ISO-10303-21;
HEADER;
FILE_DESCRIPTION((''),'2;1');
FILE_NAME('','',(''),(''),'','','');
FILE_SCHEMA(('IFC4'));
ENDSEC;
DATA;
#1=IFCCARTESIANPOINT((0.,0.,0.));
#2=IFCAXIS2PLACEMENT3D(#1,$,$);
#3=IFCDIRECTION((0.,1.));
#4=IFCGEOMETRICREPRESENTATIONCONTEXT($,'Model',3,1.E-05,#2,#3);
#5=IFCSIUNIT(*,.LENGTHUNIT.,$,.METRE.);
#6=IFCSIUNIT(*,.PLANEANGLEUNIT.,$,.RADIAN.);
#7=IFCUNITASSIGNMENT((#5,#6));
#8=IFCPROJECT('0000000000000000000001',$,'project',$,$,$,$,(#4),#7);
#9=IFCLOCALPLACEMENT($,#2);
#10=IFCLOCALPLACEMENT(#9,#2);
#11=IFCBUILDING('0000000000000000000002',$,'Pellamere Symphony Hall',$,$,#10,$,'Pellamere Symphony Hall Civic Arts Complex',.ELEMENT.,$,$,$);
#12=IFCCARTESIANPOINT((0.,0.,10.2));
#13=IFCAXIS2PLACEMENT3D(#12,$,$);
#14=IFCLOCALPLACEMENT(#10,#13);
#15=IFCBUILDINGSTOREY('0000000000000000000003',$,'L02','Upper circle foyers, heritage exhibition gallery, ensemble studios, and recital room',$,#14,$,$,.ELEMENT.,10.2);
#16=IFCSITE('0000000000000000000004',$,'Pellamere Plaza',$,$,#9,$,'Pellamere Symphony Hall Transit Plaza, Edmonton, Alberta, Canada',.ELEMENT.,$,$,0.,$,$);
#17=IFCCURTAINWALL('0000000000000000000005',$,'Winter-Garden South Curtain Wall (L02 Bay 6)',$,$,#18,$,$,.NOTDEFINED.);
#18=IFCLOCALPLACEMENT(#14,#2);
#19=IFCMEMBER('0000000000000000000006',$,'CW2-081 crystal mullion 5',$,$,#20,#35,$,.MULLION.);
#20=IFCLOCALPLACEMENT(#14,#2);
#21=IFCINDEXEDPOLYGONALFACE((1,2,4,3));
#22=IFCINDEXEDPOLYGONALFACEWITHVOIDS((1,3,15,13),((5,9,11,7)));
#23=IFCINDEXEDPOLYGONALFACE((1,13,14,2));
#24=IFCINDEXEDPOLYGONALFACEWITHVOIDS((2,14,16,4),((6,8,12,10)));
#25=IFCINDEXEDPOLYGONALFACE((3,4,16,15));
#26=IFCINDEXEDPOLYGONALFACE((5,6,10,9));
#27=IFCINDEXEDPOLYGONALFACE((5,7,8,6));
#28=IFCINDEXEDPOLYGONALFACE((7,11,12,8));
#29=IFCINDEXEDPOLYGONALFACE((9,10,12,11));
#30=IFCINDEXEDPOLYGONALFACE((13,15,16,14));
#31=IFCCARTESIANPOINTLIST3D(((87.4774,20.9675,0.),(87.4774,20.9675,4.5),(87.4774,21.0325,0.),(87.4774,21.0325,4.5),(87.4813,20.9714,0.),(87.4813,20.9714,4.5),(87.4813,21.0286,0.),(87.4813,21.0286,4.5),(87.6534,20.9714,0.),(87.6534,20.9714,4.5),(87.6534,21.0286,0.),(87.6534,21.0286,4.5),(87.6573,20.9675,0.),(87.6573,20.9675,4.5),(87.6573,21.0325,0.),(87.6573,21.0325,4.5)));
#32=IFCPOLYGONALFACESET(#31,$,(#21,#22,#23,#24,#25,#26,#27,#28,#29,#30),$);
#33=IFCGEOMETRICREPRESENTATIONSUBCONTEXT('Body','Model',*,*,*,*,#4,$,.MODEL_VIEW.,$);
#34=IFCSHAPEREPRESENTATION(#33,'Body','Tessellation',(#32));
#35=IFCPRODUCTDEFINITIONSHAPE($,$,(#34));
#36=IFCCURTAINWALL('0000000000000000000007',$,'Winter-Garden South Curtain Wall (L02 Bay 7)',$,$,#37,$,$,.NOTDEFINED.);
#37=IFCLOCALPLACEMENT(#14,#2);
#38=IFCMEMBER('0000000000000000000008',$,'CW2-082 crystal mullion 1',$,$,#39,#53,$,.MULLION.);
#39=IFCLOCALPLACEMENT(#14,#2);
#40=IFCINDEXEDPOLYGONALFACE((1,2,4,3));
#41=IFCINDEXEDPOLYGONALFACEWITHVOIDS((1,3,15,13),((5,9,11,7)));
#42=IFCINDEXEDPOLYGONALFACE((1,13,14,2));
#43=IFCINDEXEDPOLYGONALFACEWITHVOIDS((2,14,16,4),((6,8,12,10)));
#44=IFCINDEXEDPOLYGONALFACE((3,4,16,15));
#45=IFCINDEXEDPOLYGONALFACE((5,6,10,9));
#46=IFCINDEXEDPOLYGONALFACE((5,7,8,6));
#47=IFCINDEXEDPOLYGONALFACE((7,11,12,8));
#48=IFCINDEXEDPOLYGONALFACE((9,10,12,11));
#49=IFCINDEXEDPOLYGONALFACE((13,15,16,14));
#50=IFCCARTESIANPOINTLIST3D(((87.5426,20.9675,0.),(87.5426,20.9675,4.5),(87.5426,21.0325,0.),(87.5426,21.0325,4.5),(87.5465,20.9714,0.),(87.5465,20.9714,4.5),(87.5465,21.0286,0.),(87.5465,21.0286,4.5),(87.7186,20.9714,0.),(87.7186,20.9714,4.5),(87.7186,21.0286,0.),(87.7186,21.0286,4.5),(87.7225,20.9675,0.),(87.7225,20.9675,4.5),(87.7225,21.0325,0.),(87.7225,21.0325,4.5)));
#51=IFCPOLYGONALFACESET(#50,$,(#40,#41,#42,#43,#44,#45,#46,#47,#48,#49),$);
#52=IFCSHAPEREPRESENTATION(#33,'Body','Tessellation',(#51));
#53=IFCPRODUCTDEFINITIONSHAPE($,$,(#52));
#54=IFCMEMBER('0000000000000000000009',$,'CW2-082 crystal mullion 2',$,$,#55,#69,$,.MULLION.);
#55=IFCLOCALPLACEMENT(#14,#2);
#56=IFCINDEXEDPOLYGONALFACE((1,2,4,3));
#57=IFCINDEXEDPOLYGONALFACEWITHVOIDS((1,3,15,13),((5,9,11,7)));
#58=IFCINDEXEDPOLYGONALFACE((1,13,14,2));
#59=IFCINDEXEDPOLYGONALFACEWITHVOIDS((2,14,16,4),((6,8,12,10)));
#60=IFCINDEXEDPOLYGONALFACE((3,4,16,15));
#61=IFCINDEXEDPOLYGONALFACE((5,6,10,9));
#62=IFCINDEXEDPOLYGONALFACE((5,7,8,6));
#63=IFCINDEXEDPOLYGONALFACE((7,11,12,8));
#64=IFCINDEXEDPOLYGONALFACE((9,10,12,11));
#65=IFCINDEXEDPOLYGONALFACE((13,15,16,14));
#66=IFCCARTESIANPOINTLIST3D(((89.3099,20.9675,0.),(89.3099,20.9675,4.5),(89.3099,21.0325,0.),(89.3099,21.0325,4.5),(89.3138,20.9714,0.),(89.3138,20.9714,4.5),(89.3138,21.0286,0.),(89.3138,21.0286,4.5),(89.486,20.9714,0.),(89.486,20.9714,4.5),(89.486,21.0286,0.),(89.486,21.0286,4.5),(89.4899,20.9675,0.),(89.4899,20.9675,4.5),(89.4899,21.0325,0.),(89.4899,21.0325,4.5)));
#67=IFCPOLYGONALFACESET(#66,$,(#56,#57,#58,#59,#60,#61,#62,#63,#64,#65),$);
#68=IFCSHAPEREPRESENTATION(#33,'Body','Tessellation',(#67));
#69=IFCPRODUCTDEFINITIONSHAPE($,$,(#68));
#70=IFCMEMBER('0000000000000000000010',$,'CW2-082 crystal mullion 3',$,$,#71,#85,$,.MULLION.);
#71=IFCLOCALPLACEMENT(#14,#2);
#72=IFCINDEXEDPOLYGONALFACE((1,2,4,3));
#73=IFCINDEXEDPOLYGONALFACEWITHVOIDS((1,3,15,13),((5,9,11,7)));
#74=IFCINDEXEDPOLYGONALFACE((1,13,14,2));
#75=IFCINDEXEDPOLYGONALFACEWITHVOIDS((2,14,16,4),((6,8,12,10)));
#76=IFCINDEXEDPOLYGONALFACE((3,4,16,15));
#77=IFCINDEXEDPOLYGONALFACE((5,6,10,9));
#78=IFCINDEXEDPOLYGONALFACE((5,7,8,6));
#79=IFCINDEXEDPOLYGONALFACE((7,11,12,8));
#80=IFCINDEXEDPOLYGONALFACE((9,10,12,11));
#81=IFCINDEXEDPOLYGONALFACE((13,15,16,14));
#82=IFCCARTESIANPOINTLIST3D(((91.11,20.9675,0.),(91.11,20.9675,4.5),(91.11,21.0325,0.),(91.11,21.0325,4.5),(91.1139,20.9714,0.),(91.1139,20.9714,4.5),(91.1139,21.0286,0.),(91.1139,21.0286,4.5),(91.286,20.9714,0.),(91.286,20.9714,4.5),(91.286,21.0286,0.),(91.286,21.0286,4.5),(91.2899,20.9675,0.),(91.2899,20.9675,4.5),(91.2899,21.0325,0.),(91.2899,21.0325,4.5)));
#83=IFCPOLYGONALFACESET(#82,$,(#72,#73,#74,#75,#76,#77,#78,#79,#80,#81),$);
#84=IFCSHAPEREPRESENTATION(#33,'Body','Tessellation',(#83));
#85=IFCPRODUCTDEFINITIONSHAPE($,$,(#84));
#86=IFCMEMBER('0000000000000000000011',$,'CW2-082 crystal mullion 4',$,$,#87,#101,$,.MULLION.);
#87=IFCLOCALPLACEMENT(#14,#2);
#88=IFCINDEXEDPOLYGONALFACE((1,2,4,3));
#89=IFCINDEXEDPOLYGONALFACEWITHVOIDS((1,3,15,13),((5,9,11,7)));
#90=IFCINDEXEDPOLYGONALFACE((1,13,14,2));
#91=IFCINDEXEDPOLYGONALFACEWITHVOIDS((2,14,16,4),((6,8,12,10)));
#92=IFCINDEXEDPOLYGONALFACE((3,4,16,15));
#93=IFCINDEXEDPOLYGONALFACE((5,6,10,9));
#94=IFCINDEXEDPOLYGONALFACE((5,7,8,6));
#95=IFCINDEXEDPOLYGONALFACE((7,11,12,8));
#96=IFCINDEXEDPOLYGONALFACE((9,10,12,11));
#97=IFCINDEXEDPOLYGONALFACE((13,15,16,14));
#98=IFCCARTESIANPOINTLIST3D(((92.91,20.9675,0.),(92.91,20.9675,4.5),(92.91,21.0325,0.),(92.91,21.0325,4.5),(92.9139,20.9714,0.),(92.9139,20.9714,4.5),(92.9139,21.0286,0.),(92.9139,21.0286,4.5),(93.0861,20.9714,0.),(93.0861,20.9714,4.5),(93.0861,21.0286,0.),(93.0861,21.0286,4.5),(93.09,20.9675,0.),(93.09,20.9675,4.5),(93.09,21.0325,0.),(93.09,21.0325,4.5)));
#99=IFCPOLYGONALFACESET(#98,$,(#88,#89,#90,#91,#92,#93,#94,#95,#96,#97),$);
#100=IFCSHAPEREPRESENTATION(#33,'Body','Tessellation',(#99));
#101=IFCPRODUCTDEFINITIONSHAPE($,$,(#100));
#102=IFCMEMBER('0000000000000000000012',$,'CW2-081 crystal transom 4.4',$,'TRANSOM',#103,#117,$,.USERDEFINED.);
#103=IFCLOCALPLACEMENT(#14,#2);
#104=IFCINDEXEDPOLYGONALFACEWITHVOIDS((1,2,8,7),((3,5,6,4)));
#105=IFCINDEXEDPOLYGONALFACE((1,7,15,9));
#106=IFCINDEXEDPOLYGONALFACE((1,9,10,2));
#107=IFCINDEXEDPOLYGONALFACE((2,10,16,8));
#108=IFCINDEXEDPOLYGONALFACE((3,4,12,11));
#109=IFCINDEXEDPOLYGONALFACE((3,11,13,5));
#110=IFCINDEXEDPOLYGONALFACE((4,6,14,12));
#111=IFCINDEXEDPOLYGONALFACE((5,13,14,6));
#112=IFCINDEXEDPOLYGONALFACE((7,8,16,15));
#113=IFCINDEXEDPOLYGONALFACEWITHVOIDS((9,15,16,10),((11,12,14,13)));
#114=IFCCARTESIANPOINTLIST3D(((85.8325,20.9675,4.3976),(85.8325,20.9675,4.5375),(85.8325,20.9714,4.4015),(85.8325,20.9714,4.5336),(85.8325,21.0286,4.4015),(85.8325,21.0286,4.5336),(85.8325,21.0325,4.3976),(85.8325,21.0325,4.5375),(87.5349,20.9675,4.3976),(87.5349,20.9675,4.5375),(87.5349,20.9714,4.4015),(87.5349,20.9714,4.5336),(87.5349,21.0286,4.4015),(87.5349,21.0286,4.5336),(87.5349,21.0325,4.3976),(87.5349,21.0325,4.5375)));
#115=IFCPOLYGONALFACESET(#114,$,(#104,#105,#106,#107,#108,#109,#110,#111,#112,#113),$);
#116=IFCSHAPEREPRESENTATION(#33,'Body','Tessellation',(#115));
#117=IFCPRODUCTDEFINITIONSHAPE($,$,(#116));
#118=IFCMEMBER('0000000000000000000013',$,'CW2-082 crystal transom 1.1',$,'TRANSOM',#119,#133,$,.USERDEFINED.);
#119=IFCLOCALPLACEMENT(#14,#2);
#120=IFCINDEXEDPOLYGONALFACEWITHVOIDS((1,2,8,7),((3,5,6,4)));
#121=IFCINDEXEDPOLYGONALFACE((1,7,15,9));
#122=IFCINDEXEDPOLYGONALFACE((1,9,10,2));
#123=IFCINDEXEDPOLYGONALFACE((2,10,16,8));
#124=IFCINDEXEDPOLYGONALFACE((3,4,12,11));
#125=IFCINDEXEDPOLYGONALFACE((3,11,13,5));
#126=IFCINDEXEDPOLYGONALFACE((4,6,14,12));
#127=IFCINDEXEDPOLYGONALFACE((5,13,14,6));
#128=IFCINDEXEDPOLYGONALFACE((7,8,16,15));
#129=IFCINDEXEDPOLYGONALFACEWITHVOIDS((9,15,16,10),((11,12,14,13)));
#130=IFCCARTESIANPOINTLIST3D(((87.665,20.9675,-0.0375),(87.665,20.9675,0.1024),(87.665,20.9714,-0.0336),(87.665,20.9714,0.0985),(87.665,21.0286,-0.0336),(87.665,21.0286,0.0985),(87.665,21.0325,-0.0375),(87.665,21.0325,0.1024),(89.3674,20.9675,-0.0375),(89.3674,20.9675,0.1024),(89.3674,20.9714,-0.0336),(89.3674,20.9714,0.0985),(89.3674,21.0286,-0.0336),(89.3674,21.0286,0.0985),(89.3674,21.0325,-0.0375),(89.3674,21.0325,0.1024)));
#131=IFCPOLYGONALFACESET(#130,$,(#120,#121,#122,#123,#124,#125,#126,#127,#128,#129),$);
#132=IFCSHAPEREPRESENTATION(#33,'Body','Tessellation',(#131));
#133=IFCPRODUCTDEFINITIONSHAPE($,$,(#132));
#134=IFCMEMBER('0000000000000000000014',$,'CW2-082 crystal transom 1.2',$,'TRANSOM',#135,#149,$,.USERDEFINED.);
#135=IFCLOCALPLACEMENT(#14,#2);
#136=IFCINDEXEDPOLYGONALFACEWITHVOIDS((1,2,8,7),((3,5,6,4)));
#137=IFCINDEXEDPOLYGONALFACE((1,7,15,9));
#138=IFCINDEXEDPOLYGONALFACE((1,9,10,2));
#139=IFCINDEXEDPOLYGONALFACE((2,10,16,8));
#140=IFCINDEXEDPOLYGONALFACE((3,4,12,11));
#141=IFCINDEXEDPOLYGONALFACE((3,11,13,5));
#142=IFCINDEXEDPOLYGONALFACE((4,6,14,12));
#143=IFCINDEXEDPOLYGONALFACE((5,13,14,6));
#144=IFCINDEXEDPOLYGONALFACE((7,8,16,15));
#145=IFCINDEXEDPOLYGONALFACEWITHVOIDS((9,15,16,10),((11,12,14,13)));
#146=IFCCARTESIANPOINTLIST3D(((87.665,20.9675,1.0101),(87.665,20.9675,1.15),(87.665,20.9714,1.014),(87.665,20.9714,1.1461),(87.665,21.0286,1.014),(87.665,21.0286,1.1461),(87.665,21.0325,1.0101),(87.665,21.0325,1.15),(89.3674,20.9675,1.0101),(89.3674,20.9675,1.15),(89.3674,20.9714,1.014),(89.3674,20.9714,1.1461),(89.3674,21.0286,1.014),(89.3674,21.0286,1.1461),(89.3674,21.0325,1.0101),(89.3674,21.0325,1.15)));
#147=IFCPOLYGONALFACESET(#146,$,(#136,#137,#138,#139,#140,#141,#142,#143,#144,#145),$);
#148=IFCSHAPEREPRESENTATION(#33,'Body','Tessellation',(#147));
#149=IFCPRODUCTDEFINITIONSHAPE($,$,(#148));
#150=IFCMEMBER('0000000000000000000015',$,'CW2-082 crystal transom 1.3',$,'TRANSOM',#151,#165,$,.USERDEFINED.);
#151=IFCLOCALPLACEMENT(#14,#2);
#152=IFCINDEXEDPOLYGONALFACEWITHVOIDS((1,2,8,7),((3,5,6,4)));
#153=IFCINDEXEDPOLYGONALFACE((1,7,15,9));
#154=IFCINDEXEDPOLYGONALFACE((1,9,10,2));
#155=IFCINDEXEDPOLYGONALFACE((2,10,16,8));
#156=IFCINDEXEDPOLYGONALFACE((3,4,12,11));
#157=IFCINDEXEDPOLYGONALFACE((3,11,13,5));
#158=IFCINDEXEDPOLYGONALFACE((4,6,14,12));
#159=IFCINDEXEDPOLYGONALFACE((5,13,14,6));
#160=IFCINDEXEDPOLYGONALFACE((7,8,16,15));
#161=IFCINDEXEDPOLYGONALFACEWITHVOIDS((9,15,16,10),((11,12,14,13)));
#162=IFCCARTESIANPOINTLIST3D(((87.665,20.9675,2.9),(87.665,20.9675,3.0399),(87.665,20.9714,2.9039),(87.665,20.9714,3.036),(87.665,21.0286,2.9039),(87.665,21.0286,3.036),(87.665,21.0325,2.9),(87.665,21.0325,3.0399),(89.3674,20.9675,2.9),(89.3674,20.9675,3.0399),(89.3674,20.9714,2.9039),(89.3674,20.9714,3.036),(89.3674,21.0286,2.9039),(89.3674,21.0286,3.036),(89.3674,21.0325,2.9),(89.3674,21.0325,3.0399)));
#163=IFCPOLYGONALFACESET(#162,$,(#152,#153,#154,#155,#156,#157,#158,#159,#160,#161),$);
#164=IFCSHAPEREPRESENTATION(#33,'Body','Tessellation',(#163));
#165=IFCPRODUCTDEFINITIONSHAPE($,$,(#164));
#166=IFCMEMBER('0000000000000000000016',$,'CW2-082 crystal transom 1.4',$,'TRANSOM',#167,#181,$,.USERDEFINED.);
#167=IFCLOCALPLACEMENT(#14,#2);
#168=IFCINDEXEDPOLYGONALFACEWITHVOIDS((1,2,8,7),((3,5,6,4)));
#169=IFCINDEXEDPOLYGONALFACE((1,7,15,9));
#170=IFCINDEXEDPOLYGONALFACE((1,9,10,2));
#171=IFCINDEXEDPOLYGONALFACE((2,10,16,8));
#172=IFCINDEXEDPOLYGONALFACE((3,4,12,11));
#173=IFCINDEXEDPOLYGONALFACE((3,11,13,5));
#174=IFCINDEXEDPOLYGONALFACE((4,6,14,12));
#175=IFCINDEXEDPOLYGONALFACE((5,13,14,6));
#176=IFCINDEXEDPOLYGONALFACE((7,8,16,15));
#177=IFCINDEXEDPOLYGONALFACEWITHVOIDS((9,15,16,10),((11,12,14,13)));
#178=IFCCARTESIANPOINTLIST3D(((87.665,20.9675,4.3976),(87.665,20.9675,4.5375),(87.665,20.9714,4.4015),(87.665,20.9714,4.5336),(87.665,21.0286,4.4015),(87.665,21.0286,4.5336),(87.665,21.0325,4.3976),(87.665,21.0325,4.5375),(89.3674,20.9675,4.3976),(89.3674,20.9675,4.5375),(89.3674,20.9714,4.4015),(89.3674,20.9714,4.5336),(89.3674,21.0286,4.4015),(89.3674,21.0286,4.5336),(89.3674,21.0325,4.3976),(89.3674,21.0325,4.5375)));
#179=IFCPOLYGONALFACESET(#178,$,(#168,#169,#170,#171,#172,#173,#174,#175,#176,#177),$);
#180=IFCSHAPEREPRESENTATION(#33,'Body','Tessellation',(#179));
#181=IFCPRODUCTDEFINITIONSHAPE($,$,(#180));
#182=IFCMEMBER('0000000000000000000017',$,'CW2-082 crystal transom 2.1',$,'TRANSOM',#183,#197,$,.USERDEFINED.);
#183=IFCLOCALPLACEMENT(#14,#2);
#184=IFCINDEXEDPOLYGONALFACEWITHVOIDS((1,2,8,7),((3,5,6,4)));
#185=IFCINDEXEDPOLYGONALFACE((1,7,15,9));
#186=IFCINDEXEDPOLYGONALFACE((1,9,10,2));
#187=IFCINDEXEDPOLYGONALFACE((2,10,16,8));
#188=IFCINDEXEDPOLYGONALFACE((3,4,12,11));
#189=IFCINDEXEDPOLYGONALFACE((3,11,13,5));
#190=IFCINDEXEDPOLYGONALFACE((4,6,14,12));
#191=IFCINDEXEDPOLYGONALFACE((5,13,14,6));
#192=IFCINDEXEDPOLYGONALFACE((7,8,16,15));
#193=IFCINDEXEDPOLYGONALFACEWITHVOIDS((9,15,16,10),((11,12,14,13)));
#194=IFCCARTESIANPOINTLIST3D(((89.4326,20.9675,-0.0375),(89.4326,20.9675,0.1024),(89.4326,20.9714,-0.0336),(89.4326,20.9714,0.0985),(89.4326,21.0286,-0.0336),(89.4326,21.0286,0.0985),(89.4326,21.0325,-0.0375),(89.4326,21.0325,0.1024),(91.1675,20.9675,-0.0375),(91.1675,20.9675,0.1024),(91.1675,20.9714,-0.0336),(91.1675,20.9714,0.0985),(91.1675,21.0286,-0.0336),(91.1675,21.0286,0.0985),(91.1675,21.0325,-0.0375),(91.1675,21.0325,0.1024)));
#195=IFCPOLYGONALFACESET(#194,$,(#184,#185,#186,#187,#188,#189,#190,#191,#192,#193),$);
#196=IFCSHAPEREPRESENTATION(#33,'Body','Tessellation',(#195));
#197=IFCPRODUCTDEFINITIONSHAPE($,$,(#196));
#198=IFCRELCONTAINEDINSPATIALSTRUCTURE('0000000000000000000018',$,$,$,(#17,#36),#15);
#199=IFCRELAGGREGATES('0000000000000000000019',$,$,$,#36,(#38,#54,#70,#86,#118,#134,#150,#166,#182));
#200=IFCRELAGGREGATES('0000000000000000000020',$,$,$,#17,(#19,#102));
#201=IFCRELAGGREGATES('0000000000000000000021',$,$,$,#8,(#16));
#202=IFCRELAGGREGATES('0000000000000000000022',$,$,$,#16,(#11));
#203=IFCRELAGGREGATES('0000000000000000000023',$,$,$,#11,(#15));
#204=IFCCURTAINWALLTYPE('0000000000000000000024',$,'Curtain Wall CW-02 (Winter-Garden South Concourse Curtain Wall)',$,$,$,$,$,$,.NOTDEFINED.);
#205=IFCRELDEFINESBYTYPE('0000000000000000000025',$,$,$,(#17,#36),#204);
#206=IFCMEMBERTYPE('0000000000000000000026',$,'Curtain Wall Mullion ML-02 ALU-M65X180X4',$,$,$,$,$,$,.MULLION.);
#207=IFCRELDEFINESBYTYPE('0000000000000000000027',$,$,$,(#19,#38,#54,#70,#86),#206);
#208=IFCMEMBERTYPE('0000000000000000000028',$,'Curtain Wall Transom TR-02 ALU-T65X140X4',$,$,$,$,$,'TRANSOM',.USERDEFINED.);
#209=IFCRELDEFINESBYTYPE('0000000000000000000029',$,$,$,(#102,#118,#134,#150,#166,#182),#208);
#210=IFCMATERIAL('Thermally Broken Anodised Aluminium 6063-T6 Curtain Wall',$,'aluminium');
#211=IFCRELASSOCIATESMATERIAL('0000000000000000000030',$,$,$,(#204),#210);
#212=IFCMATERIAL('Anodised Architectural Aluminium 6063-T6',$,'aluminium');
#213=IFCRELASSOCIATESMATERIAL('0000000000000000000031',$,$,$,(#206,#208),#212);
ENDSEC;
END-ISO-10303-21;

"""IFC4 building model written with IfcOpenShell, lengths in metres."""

from ifc_helpers import new_model, si_unit, direction, frame, origin, origin_2d, place, context, subcontext, project, spatial, hollow_rectangle, extrude, material, material_profile, profile_set, type_object, element, aggregate, save


model = new_model("IFC4")

# Units and contexts
model_context = context("Model", 3, precision=1e-05, world=origin(), true_north=direction((0.0, 1.0)))
body_context = subcontext(model_context, "Body", "Model", "MODEL_VIEW")
ifc_project = project(units=[si_unit("LENGTHUNIT", "METRE"), si_unit("PLANEANGLEUNIT", "RADIAN")], contexts=[model_context])

# Site, building, storey
site_placement = place(None, origin())
site = spatial("IfcSite", under=ifc_project, at=site_placement, Name="Pellamere Plaza", LongName="Pellamere Symphony Hall Transit Plaza, Edmonton, Alberta, Canada", CompositionType="ELEMENT", RefElevation=0.0)
building_placement = place(site_placement, origin())
building = spatial("IfcBuilding", under=site, at=building_placement, Name="Pellamere Symphony Hall", LongName="Pellamere Symphony Hall Civic Arts Complex", CompositionType="ELEMENT")
storey_placement = place(building_placement, frame((0.0, 0.0, 10.2)))
storey = spatial("IfcBuildingStorey", under=building, at=storey_placement, Name="L02", Description="Upper circle foyers, heritage exhibition gallery, ensemble studios, and recital room", CompositionType="ELEMENT", Elevation=10.2)

# Curtain wall, member
ifc_material_1 = material(Name="Thermally Broken Anodised Aluminium 6063-T6 Curtain Wall", Category="aluminium")
curtain_wall_type = type_object("IfcCurtainWallType", Name="Curtain Wall CW-02 (Winter-Garden South Concourse Curtain Wall)", PredefinedType="NOTDEFINED", material=ifc_material_1)
curtain_wall_1_placement = place(storey_placement, origin())
curtain_wall_1 = element("IfcCurtainWall", 1, at=curtain_wall_1_placement, inside=storey, type_object=curtain_wall_type, Name="Winter-Garden South Curtain Wall (L02 Bay 6)", PredefinedType="NOTDEFINED")
ifc_material_2 = material(Name="Anodised Architectural Aluminium 6063-T6", Category="aluminium")
ifc_material_profile_1 = material_profile(ifc_material_2, hollow_rectangle(XDim=0.0649, YDim=0.1799, WallThickness=0.0039, at=origin_2d()), Name="ALU-M65X180X4")
ifc_profile_set_1 = profile_set([ifc_material_profile_1], Name="Anodised Architectural Aluminium 6063-T6")
member_type_1 = type_object("IfcMemberType", Name="Curtain Wall Mullion ML-02 ALU-M65X180X4", PredefinedType="MULLION", material=ifc_profile_set_1)
member_1_placement = place(storey_placement, frame((87.5674, 21.0, 0.0), z_axis=(0.0, 0.0, 1.0), x_axis=(0.0, 1.0, 0.0)))
member_1 = element("IfcMember", 2, at=member_1_placement, type_object=member_type_1, Name="CW2-081 crystal mullion 5", PredefinedType="MULLION", context=body_context, shape_type="SweptSolid", body=[
    extrude(hollow_rectangle(XDim=0.0649, YDim=0.1799, WallThickness=0.0039, at=origin_2d()), origin(), (0.0, 0.0, 1.0), 4.5),
])

# Curtain wall, members
curtain_wall_2_placement = place(storey_placement, origin())
curtain_wall_2 = element("IfcCurtainWall", 3, at=curtain_wall_2_placement, inside=storey, type_object=curtain_wall_type, Name="Winter-Garden South Curtain Wall (L02 Bay 7)", PredefinedType="NOTDEFINED")
member_2_placement = place(storey_placement, frame((87.6326, 21.0, 0.0), z_axis=(0.0, 0.0, 1.0), x_axis=(0.0, 1.0, 0.0)))
member_2 = element("IfcMember", 4, at=member_2_placement, type_object=member_type_1, Name="CW2-082 crystal mullion 1", PredefinedType="MULLION", context=body_context, shape_type="SweptSolid", body=[
    extrude(hollow_rectangle(XDim=0.0649, YDim=0.1799, WallThickness=0.0039, at=origin_2d()), origin(), (0.0, 0.0, 1.0), 4.5),
])
member_3_placement = place(storey_placement, frame((89.3999, 21.0, 0.0), z_axis=(0.0, 0.0, 1.0), x_axis=(0.0, 1.0, 0.0)))
member_3 = element("IfcMember", 5, at=member_3_placement, type_object=member_type_1, Name="CW2-082 crystal mullion 2", PredefinedType="MULLION", context=body_context, shape_type="SweptSolid", body=[
    extrude(hollow_rectangle(XDim=0.0649, YDim=0.1799, WallThickness=0.0039, at=origin_2d()), origin(), (0.0, 0.0, 1.0), 4.5),
])
member_4_placement = place(storey_placement, frame((91.2, 21.0, 0.0), z_axis=(0.0, 0.0, 1.0), x_axis=(0.0, 1.0, 0.0)))
member_4 = element("IfcMember", 6, at=member_4_placement, type_object=member_type_1, Name="CW2-082 crystal mullion 3", PredefinedType="MULLION", context=body_context, shape_type="SweptSolid", body=[
    extrude(hollow_rectangle(XDim=0.0649, YDim=0.1799, WallThickness=0.0039, at=origin_2d()), origin(), (0.0, 0.0, 1.0), 4.5),
])
member_5_placement = place(storey_placement, frame((93.0, 21.0, 0.0), z_axis=(0.0, 0.0, 1.0), x_axis=(0.0, 1.0, 0.0)))
member_5 = element("IfcMember", 7, at=member_5_placement, type_object=member_type_1, Name="CW2-082 crystal mullion 4", PredefinedType="MULLION", context=body_context, shape_type="SweptSolid", body=[
    extrude(hollow_rectangle(XDim=0.0649, YDim=0.1799, WallThickness=0.0039, at=origin_2d()), origin(), (0.0, 0.0, 1.0), 4.5),
])

# Members
ifc_material_profile_2 = material_profile(ifc_material_2, hollow_rectangle(XDim=0.0649, YDim=0.1399, WallThickness=0.0039, at=origin_2d()), Name="ALU-T65X140X4")
ifc_profile_set_2 = profile_set([ifc_material_profile_2], Name="Anodised Architectural Aluminium 6063-T6")
member_type_2 = type_object("IfcMemberType", Name="Curtain Wall Transom TR-02 ALU-T65X140X4", ElementType="TRANSOM", PredefinedType="USERDEFINED", material=ifc_profile_set_2)
member_6_placement = place(storey_placement, frame((85.8325, 21.0, 4.4675), z_axis=(1.0, 0.0, 0.0), x_axis=(0.0, 1.0, 0.0)))
member_6 = element("IfcMember", 8, at=member_6_placement, type_object=member_type_2, Name="CW2-081 crystal transom 4.4", ObjectType="TRANSOM", PredefinedType="USERDEFINED", context=body_context, shape_type="SweptSolid", body=[
    extrude(hollow_rectangle(XDim=0.0649, YDim=0.1399, WallThickness=0.0039, at=origin_2d()), origin(), (0.0, 0.0, 1.0), 1.7024),
])
member_7_placement = place(storey_placement, frame((87.665, 21.0, 0.0325), z_axis=(1.0, 0.0, 0.0), x_axis=(0.0, 1.0, 0.0)))
member_7 = element("IfcMember", 9, at=member_7_placement, type_object=member_type_2, Name="CW2-082 crystal transom 1.1", ObjectType="TRANSOM", PredefinedType="USERDEFINED", context=body_context, shape_type="SweptSolid", body=[
    extrude(hollow_rectangle(XDim=0.0649, YDim=0.1399, WallThickness=0.0039, at=origin_2d()), origin(), (0.0, 0.0, 1.0), 1.7024),
])
member_8_placement = place(storey_placement, frame((87.665, 21.0, 1.0801), z_axis=(1.0, 0.0, 0.0), x_axis=(0.0, 1.0, 0.0)))
member_8 = element("IfcMember", 10, at=member_8_placement, type_object=member_type_2, Name="CW2-082 crystal transom 1.2", ObjectType="TRANSOM", PredefinedType="USERDEFINED", context=body_context, shape_type="SweptSolid", body=[
    extrude(hollow_rectangle(XDim=0.0649, YDim=0.1399, WallThickness=0.0039, at=origin_2d()), origin(), (0.0, 0.0, 1.0), 1.7024),
])
member_9_placement = place(storey_placement, frame((87.665, 21.0, 2.97), z_axis=(1.0, 0.0, 0.0), x_axis=(0.0, 1.0, 0.0)))
member_9 = element("IfcMember", 11, at=member_9_placement, type_object=member_type_2, Name="CW2-082 crystal transom 1.3", ObjectType="TRANSOM", PredefinedType="USERDEFINED", context=body_context, shape_type="SweptSolid", body=[
    extrude(hollow_rectangle(XDim=0.0649, YDim=0.1399, WallThickness=0.0039, at=origin_2d()), origin(), (0.0, 0.0, 1.0), 1.7024),
])
member_10_placement = place(storey_placement, frame((87.665, 21.0, 4.4675), z_axis=(1.0, 0.0, 0.0), x_axis=(0.0, 1.0, 0.0)))
member_10 = element("IfcMember", 12, at=member_10_placement, type_object=member_type_2, Name="CW2-082 crystal transom 1.4", ObjectType="TRANSOM", PredefinedType="USERDEFINED", context=body_context, shape_type="SweptSolid", body=[
    extrude(hollow_rectangle(XDim=0.0649, YDim=0.1399, WallThickness=0.0039, at=origin_2d()), origin(), (0.0, 0.0, 1.0), 1.7024),
])
member_11_placement = place(storey_placement, frame((89.4326, 21.0, 0.0325), z_axis=(1.0, 0.0, 0.0), x_axis=(0.0, 1.0, 0.0)))
member_11 = element("IfcMember", 13, at=member_11_placement, type_object=member_type_2, Name="CW2-082 crystal transom 2.1", ObjectType="TRANSOM", PredefinedType="USERDEFINED", context=body_context, shape_type="SweptSolid", body=[
    extrude(hollow_rectangle(XDim=0.0649, YDim=0.1399, WallThickness=0.0039, at=origin_2d()), origin(), (0.0, 0.0, 1.0), 1.7349),
])

aggregate(curtain_wall_2, [member_2, member_3, member_4, member_5, member_7, member_8, member_9, member_10, member_11])
aggregate(curtain_wall_1, [member_1, member_6])

save(model, "model.ifc")
